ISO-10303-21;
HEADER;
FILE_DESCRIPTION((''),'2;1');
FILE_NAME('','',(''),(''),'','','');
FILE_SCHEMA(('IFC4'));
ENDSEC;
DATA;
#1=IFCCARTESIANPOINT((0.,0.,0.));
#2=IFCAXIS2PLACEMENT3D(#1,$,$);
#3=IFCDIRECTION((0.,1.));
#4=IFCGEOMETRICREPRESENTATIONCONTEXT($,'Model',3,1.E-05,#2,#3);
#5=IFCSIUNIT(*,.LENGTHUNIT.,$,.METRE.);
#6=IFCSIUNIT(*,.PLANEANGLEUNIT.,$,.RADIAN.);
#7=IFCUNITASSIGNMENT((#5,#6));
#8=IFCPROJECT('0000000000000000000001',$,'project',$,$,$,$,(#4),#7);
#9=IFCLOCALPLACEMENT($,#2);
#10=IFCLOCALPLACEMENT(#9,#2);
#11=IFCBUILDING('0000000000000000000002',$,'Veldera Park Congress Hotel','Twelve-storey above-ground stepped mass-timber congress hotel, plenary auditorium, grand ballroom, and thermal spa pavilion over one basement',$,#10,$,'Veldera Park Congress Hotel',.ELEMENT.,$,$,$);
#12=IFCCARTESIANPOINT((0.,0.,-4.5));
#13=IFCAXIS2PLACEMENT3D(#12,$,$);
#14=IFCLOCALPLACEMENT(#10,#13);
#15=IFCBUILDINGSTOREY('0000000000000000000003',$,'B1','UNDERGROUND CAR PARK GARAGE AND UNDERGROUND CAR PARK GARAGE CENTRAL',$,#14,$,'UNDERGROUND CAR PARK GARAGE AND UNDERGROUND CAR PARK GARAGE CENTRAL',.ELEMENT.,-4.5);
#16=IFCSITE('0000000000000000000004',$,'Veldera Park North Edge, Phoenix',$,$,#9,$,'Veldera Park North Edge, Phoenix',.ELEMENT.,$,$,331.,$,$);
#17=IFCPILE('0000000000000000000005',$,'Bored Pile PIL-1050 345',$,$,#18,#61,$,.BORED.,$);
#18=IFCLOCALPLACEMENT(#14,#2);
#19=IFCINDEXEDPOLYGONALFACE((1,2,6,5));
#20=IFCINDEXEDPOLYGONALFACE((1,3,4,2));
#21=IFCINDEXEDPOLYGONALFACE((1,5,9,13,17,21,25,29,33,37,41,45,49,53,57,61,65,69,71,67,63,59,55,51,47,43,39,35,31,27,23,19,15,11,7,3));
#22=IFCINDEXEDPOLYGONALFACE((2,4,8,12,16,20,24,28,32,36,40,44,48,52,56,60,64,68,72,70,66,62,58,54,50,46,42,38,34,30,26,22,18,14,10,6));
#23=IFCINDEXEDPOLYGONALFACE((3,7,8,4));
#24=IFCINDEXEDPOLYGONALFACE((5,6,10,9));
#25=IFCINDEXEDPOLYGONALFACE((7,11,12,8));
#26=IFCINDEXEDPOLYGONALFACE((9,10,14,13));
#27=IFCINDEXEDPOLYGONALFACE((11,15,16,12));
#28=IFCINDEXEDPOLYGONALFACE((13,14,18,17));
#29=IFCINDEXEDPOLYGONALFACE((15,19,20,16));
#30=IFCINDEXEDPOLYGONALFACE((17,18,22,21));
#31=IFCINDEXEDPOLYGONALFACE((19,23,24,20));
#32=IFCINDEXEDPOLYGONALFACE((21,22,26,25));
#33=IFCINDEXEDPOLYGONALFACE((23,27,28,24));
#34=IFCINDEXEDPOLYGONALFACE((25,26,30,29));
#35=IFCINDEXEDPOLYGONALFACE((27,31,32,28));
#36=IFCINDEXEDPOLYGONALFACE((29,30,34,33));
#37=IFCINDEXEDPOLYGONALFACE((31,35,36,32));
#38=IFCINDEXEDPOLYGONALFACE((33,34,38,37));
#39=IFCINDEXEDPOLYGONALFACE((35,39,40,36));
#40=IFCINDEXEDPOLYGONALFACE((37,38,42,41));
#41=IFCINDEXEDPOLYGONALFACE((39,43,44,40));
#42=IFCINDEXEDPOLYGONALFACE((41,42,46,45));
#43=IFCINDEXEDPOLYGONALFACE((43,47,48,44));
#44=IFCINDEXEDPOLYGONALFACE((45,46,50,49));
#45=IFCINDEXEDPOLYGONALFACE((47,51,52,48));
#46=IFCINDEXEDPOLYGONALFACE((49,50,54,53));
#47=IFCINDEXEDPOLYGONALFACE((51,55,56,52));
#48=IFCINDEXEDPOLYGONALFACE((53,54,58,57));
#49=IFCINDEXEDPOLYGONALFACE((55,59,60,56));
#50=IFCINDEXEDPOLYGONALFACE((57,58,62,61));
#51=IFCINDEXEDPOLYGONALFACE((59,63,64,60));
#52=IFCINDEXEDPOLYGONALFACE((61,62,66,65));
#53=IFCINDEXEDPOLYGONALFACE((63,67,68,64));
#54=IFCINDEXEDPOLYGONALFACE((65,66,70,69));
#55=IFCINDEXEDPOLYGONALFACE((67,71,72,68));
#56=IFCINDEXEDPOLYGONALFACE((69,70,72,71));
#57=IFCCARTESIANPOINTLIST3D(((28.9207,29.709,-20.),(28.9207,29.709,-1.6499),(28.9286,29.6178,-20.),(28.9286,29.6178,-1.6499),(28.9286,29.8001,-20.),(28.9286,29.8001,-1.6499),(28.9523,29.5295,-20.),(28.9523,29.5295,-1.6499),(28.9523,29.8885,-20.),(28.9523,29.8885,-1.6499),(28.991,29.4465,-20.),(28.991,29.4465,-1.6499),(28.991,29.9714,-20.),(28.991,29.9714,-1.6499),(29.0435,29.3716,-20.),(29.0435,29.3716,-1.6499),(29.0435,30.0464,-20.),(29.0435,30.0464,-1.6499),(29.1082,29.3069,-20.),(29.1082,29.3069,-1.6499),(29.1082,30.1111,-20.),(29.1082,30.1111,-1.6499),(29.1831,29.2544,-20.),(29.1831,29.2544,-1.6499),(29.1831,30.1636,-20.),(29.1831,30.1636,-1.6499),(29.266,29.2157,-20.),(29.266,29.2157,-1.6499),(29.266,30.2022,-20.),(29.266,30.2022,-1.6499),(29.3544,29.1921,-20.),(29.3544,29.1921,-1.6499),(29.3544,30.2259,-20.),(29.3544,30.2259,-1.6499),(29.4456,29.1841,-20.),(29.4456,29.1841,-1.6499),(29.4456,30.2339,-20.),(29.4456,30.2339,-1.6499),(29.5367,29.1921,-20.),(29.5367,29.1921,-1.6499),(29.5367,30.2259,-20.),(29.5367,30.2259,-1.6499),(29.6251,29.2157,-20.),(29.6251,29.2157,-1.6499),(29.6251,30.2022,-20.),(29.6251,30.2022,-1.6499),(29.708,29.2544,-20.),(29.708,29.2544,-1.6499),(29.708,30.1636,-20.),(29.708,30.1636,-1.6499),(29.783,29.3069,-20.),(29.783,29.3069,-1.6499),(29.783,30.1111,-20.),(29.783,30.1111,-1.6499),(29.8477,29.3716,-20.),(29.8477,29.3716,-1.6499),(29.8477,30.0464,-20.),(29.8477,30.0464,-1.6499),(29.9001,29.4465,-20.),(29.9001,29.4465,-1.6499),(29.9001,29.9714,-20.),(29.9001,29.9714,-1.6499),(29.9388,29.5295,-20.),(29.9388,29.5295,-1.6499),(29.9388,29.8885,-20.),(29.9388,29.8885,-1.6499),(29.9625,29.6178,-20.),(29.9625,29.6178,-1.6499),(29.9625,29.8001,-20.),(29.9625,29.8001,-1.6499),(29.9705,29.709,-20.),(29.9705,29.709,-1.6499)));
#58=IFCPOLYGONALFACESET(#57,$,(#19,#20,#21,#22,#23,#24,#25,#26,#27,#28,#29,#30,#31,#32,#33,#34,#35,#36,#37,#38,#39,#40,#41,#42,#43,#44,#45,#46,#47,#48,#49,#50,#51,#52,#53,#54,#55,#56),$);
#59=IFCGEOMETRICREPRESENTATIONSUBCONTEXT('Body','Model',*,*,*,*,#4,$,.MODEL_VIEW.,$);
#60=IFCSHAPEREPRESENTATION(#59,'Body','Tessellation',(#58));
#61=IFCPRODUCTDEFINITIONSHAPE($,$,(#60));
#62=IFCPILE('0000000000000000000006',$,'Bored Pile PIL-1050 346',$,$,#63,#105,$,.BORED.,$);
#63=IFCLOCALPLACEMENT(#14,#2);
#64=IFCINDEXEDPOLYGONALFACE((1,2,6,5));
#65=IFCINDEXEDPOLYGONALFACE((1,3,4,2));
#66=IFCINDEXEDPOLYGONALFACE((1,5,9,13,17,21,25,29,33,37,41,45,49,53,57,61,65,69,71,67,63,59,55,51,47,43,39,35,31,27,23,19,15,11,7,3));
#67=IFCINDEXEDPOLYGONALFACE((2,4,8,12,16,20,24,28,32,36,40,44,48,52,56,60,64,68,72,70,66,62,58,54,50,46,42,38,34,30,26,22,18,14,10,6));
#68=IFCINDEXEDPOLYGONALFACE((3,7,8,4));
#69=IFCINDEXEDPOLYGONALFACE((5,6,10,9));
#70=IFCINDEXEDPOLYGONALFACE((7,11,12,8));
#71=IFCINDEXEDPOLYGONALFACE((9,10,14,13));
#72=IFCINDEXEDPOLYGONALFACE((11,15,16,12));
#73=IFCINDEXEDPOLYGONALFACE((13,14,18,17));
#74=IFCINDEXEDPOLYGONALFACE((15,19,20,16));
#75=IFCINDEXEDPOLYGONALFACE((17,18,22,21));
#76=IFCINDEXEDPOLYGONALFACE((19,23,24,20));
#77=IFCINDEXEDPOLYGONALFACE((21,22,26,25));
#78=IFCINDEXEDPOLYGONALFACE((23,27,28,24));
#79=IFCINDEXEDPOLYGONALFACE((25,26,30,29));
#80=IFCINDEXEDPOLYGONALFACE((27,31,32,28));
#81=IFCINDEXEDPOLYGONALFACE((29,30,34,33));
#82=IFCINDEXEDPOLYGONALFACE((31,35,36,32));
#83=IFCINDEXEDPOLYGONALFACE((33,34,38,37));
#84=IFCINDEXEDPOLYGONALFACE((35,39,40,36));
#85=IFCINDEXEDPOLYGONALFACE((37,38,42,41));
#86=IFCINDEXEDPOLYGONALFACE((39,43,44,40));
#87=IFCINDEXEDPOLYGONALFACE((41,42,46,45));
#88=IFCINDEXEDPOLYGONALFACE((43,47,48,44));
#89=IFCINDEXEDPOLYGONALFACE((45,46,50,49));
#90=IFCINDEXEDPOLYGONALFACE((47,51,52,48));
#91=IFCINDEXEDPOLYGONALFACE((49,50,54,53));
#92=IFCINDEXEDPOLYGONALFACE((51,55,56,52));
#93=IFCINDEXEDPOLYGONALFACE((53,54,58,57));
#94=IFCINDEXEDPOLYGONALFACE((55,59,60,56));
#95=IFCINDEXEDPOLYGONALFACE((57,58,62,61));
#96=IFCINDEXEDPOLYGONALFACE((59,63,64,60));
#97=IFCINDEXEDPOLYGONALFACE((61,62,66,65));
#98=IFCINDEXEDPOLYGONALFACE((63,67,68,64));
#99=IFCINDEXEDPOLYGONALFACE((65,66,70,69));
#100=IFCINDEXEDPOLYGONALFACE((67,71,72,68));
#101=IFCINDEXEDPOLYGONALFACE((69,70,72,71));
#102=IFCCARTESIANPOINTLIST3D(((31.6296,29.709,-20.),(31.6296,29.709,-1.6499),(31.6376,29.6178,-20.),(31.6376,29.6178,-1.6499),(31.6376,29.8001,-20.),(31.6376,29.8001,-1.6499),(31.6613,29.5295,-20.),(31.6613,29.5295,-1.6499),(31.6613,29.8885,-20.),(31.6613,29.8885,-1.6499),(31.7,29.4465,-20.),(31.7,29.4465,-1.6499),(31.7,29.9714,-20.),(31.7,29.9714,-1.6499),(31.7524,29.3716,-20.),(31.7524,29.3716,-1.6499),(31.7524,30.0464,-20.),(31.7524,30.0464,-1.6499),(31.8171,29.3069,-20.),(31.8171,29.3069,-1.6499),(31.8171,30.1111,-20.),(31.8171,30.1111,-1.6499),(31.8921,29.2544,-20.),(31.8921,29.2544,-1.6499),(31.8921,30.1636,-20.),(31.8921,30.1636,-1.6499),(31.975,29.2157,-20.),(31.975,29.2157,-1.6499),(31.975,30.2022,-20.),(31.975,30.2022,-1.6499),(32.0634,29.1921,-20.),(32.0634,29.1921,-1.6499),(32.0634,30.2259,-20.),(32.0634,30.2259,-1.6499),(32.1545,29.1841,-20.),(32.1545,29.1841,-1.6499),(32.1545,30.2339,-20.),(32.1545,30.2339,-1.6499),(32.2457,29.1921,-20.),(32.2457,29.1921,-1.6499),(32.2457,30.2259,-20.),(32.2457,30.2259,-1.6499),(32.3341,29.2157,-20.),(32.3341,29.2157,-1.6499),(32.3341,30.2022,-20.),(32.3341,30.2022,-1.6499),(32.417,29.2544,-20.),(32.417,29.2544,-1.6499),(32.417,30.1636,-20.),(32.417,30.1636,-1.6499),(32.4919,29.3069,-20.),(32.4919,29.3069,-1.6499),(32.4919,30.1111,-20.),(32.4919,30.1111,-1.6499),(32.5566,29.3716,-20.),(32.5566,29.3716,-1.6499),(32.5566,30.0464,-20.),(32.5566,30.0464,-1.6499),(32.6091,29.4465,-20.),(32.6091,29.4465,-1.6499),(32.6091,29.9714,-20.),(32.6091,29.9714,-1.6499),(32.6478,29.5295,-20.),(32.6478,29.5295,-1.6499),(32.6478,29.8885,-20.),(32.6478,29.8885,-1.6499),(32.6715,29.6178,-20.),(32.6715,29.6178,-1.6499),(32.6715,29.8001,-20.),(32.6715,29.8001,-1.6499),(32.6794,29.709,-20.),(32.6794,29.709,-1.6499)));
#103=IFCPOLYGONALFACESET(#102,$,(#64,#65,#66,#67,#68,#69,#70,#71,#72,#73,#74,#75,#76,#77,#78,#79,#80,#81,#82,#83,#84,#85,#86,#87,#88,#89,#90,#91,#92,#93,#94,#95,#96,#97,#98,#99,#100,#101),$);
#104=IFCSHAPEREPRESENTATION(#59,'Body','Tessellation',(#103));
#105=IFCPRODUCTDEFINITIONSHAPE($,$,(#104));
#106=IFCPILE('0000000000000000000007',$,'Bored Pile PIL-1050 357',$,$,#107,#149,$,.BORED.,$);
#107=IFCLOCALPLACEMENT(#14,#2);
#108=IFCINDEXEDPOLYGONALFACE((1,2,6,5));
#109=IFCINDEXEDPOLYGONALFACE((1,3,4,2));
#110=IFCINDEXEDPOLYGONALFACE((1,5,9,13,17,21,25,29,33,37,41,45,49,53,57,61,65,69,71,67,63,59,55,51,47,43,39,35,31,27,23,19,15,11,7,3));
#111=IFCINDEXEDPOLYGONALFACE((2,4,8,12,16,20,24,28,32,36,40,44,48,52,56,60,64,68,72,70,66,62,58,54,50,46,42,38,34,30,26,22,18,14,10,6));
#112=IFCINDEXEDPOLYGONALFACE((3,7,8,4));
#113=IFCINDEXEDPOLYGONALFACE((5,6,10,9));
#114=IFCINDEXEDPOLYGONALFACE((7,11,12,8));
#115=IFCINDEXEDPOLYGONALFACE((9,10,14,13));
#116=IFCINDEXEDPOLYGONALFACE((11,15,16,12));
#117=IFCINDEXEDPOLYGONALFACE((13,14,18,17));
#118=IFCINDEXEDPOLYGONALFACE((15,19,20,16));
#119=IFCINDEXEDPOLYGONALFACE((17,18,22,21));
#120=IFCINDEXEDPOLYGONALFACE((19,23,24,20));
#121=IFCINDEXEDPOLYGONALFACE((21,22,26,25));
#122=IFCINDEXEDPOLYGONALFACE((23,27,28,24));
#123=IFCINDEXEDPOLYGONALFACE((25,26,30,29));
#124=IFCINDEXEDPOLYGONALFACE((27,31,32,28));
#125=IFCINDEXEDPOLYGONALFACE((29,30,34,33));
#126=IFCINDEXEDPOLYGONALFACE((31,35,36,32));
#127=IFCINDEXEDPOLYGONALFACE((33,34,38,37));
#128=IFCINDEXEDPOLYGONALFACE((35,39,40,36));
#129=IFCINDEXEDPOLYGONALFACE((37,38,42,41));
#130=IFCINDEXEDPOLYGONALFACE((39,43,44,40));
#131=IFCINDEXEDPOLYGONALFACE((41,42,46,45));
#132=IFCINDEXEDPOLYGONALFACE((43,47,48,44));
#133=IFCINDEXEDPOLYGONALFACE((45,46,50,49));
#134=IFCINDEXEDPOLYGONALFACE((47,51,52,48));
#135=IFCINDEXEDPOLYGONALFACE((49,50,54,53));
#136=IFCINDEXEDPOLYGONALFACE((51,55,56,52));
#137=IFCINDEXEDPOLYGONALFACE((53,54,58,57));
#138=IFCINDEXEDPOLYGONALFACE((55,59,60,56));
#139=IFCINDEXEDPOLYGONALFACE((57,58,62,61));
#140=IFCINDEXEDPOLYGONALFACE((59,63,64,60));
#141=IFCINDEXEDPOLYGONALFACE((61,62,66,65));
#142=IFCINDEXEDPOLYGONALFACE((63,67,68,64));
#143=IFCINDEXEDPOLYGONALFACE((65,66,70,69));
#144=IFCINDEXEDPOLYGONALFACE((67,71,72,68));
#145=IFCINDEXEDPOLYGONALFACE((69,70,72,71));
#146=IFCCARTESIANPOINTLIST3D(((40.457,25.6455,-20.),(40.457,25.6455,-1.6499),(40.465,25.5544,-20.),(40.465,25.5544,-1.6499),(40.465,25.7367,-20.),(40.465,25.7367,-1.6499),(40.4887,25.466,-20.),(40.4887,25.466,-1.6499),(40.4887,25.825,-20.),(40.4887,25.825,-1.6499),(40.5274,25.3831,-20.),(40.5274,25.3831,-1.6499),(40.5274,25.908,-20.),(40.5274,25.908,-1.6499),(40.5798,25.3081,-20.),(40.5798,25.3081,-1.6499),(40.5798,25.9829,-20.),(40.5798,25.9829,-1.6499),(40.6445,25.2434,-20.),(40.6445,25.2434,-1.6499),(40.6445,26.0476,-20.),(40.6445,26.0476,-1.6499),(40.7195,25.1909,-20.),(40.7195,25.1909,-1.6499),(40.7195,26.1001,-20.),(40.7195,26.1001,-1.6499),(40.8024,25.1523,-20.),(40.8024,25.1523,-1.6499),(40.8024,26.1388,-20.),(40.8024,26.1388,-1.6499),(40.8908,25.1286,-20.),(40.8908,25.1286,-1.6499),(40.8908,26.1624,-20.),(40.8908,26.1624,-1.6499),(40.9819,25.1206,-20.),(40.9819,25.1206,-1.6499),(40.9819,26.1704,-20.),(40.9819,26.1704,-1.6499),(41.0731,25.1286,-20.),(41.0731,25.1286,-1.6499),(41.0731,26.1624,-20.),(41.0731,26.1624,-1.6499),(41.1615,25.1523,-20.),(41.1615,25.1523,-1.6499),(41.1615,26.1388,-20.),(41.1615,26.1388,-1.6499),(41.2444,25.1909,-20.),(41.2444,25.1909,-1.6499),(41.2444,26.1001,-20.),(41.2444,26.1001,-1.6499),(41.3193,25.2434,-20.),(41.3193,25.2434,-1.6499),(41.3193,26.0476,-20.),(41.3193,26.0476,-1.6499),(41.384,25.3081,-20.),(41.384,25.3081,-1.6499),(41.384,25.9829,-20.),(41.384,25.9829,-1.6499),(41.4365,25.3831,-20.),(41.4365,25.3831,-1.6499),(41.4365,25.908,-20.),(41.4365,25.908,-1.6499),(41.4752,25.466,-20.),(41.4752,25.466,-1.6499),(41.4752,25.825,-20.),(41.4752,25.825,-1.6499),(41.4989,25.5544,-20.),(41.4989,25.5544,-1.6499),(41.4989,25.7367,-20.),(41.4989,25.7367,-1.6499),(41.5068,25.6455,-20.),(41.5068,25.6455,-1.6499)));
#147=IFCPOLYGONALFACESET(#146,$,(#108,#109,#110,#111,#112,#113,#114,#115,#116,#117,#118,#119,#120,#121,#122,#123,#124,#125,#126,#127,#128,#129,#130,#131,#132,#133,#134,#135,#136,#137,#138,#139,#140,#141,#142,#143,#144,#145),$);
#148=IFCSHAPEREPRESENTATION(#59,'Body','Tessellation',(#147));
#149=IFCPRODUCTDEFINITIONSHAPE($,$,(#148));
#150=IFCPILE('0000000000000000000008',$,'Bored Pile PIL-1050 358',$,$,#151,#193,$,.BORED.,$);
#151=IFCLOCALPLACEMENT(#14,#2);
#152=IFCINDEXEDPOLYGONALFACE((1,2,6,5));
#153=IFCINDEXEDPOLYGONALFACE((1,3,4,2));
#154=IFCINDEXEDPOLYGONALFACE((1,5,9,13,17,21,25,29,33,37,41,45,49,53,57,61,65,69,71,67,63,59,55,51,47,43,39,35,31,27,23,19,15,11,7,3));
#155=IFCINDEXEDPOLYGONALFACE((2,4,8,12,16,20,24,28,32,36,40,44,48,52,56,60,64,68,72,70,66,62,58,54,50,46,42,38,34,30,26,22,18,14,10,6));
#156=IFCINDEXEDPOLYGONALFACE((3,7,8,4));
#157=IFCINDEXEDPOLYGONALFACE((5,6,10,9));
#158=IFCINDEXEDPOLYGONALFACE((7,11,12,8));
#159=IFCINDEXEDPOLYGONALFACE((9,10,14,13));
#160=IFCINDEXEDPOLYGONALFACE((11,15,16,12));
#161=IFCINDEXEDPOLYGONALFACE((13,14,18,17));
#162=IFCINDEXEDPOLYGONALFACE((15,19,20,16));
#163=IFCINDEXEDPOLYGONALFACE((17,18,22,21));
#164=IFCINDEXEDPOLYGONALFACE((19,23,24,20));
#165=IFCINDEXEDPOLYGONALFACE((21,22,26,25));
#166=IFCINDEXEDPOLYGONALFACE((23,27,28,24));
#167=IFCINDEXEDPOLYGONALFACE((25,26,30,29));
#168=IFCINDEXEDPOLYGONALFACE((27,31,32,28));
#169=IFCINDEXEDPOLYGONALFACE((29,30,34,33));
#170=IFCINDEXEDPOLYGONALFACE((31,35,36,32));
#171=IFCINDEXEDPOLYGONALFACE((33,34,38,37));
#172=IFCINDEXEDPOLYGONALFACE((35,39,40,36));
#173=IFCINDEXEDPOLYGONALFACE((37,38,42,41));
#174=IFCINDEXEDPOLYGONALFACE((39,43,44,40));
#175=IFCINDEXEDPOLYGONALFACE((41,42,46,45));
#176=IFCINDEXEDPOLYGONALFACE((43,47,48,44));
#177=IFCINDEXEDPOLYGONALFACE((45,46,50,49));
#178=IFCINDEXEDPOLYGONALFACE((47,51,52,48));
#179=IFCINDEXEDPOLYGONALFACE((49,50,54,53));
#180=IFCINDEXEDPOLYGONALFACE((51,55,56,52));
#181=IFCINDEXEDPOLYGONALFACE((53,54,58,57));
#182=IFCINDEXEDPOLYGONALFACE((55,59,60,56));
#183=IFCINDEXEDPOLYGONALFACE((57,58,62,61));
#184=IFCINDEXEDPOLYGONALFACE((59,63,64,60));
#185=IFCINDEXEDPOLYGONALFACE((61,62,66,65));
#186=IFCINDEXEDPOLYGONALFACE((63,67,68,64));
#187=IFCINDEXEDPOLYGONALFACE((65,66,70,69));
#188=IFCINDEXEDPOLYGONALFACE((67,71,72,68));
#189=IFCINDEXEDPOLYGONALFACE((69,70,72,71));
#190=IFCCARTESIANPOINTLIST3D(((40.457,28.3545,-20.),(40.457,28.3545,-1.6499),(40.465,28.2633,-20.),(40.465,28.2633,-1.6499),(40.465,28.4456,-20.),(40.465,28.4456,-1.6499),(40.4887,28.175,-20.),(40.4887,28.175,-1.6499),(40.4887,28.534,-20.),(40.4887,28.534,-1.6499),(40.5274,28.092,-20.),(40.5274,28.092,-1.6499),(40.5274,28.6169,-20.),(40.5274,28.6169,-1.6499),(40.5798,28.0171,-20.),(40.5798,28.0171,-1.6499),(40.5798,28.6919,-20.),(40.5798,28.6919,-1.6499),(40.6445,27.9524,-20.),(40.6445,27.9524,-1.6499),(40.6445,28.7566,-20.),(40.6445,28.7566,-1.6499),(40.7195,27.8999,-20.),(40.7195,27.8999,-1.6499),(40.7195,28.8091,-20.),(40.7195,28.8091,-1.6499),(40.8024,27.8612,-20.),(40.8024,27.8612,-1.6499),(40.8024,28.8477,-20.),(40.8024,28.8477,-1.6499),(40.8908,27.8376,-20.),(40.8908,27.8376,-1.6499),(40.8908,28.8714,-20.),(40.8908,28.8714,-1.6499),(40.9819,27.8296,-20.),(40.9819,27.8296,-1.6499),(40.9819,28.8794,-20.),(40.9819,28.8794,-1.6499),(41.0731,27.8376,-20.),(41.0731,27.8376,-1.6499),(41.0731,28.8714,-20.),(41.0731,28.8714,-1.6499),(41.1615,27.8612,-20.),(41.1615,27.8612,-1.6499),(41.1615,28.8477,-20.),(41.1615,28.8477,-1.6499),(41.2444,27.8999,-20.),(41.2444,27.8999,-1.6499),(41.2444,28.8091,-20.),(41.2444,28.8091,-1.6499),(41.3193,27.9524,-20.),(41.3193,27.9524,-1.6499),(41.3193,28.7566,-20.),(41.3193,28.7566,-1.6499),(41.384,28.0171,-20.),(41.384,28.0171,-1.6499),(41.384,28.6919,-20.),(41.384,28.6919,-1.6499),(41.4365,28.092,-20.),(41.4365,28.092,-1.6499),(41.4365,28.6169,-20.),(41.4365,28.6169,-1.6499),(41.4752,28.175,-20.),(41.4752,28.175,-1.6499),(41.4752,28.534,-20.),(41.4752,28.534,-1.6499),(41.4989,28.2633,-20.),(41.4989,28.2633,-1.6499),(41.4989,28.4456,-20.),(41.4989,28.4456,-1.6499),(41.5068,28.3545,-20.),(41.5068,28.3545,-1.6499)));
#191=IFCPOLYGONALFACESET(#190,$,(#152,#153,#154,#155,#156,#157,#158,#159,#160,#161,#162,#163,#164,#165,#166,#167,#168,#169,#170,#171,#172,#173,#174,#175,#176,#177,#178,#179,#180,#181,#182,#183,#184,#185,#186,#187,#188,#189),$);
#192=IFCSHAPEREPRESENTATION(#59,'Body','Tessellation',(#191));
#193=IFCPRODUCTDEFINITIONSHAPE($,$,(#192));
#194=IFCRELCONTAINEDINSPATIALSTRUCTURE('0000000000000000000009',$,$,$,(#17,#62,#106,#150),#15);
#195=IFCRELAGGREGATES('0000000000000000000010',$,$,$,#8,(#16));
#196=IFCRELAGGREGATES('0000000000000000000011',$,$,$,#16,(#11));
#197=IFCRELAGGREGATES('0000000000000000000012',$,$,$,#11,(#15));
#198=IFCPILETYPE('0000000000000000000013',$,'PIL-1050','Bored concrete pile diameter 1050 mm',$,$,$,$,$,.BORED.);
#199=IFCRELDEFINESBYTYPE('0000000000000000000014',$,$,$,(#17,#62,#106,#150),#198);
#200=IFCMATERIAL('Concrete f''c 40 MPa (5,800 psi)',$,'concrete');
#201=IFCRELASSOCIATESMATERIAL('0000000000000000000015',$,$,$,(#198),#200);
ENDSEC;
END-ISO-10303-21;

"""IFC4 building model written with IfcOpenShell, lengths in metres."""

from ifc_helpers import new_model, si_unit, direction, frame, origin, origin_2d, place, context, subcontext, project, spatial, circle, extrude, material, material_profile, profile_set, type_object, element, save


model = new_model("IFC4")

# Units and contexts
model_context = context("Model", 3, precision=1e-05, world=origin(), true_north=direction((0.0, 1.0)))
body_context = subcontext(model_context, "Body", "Model", "MODEL_VIEW")
ifc_project = project(units=[si_unit("LENGTHUNIT", "METRE"), si_unit("PLANEANGLEUNIT", "RADIAN")], contexts=[model_context])

# Site, building, storey
site_placement = place(None, origin())
site = spatial("IfcSite", under=ifc_project, at=site_placement, Name="Veldera Park North Edge, Phoenix", LongName="Veldera Park North Edge, Phoenix", CompositionType="ELEMENT", RefElevation=331.0)
building_placement = place(site_placement, origin())
building = spatial("IfcBuilding", under=site, at=building_placement, Name="Veldera Park Congress Hotel", Description="Twelve-storey above-ground stepped mass-timber congress hotel, plenary auditorium, grand ballroom, and thermal spa pavilion over one basement", LongName="Veldera Park Congress Hotel", CompositionType="ELEMENT")
storey_placement = place(building_placement, frame((0.0, 0.0, -4.5)))
storey = spatial("IfcBuildingStorey", under=building, at=storey_placement, Name="B1", Description="UNDERGROUND CAR PARK GARAGE AND UNDERGROUND CAR PARK GARAGE CENTRAL", LongName="UNDERGROUND CAR PARK GARAGE AND UNDERGROUND CAR PARK GARAGE CENTRAL", CompositionType="ELEMENT", Elevation=-4.5)

# Shared definitions
ifc_material_1 = material(Name="Concrete f'c 40 MPa (5,800 psi)", Category="concrete")

# Piles
ifc_material_profile_1 = material_profile(ifc_material_1, circle(Radius=0.5249, at=origin_2d()), Name="PILE D1050")
ifc_profile_set_1 = profile_set([ifc_material_profile_1], Name="Concrete f'c 40 MPa (5,800 psi)")
pile_type = type_object("IfcPileType", Name="PIL-1050", Description="Bored concrete pile diameter 1050 mm", PredefinedType="BORED", material=ifc_profile_set_1)
for number, where, z_axis, x_axis, name in (
    (1, (29.4456, 29.709, -1.6499), (0.0, 0.0, -1.0), (1.0, 0.0, 0.0), "Bored Pile PIL-1050 345"),
    (2, (32.1545, 29.709, -1.6499), (0.0, 0.0, -1.0), (1.0, 0.0, 0.0), "Bored Pile PIL-1050 346"),
    (3, (40.9819, 25.6455, -1.6499), (0.0, 0.0, -1.0), (1.0, 0.0, 0.0), "Bored Pile PIL-1050 357"),
    (4, (40.9819, 28.3545, -1.6499), (0.0, 0.0, -1.0), (1.0, 0.0, 0.0), "Bored Pile PIL-1050 358"),
):
    element("IfcPile", number, at=place(storey_placement, frame(where, z_axis=z_axis, x_axis=x_axis)), inside=storey, type_object=pile_type, Name=name, PredefinedType="BORED", context=body_context, shape_type="SweptSolid", body=[
        extrude(circle(Radius=0.5249, at=origin_2d()), origin(), (0.0, 0.0, 1.0), 18.3501),
    ])

save(model, "model.ifc")
